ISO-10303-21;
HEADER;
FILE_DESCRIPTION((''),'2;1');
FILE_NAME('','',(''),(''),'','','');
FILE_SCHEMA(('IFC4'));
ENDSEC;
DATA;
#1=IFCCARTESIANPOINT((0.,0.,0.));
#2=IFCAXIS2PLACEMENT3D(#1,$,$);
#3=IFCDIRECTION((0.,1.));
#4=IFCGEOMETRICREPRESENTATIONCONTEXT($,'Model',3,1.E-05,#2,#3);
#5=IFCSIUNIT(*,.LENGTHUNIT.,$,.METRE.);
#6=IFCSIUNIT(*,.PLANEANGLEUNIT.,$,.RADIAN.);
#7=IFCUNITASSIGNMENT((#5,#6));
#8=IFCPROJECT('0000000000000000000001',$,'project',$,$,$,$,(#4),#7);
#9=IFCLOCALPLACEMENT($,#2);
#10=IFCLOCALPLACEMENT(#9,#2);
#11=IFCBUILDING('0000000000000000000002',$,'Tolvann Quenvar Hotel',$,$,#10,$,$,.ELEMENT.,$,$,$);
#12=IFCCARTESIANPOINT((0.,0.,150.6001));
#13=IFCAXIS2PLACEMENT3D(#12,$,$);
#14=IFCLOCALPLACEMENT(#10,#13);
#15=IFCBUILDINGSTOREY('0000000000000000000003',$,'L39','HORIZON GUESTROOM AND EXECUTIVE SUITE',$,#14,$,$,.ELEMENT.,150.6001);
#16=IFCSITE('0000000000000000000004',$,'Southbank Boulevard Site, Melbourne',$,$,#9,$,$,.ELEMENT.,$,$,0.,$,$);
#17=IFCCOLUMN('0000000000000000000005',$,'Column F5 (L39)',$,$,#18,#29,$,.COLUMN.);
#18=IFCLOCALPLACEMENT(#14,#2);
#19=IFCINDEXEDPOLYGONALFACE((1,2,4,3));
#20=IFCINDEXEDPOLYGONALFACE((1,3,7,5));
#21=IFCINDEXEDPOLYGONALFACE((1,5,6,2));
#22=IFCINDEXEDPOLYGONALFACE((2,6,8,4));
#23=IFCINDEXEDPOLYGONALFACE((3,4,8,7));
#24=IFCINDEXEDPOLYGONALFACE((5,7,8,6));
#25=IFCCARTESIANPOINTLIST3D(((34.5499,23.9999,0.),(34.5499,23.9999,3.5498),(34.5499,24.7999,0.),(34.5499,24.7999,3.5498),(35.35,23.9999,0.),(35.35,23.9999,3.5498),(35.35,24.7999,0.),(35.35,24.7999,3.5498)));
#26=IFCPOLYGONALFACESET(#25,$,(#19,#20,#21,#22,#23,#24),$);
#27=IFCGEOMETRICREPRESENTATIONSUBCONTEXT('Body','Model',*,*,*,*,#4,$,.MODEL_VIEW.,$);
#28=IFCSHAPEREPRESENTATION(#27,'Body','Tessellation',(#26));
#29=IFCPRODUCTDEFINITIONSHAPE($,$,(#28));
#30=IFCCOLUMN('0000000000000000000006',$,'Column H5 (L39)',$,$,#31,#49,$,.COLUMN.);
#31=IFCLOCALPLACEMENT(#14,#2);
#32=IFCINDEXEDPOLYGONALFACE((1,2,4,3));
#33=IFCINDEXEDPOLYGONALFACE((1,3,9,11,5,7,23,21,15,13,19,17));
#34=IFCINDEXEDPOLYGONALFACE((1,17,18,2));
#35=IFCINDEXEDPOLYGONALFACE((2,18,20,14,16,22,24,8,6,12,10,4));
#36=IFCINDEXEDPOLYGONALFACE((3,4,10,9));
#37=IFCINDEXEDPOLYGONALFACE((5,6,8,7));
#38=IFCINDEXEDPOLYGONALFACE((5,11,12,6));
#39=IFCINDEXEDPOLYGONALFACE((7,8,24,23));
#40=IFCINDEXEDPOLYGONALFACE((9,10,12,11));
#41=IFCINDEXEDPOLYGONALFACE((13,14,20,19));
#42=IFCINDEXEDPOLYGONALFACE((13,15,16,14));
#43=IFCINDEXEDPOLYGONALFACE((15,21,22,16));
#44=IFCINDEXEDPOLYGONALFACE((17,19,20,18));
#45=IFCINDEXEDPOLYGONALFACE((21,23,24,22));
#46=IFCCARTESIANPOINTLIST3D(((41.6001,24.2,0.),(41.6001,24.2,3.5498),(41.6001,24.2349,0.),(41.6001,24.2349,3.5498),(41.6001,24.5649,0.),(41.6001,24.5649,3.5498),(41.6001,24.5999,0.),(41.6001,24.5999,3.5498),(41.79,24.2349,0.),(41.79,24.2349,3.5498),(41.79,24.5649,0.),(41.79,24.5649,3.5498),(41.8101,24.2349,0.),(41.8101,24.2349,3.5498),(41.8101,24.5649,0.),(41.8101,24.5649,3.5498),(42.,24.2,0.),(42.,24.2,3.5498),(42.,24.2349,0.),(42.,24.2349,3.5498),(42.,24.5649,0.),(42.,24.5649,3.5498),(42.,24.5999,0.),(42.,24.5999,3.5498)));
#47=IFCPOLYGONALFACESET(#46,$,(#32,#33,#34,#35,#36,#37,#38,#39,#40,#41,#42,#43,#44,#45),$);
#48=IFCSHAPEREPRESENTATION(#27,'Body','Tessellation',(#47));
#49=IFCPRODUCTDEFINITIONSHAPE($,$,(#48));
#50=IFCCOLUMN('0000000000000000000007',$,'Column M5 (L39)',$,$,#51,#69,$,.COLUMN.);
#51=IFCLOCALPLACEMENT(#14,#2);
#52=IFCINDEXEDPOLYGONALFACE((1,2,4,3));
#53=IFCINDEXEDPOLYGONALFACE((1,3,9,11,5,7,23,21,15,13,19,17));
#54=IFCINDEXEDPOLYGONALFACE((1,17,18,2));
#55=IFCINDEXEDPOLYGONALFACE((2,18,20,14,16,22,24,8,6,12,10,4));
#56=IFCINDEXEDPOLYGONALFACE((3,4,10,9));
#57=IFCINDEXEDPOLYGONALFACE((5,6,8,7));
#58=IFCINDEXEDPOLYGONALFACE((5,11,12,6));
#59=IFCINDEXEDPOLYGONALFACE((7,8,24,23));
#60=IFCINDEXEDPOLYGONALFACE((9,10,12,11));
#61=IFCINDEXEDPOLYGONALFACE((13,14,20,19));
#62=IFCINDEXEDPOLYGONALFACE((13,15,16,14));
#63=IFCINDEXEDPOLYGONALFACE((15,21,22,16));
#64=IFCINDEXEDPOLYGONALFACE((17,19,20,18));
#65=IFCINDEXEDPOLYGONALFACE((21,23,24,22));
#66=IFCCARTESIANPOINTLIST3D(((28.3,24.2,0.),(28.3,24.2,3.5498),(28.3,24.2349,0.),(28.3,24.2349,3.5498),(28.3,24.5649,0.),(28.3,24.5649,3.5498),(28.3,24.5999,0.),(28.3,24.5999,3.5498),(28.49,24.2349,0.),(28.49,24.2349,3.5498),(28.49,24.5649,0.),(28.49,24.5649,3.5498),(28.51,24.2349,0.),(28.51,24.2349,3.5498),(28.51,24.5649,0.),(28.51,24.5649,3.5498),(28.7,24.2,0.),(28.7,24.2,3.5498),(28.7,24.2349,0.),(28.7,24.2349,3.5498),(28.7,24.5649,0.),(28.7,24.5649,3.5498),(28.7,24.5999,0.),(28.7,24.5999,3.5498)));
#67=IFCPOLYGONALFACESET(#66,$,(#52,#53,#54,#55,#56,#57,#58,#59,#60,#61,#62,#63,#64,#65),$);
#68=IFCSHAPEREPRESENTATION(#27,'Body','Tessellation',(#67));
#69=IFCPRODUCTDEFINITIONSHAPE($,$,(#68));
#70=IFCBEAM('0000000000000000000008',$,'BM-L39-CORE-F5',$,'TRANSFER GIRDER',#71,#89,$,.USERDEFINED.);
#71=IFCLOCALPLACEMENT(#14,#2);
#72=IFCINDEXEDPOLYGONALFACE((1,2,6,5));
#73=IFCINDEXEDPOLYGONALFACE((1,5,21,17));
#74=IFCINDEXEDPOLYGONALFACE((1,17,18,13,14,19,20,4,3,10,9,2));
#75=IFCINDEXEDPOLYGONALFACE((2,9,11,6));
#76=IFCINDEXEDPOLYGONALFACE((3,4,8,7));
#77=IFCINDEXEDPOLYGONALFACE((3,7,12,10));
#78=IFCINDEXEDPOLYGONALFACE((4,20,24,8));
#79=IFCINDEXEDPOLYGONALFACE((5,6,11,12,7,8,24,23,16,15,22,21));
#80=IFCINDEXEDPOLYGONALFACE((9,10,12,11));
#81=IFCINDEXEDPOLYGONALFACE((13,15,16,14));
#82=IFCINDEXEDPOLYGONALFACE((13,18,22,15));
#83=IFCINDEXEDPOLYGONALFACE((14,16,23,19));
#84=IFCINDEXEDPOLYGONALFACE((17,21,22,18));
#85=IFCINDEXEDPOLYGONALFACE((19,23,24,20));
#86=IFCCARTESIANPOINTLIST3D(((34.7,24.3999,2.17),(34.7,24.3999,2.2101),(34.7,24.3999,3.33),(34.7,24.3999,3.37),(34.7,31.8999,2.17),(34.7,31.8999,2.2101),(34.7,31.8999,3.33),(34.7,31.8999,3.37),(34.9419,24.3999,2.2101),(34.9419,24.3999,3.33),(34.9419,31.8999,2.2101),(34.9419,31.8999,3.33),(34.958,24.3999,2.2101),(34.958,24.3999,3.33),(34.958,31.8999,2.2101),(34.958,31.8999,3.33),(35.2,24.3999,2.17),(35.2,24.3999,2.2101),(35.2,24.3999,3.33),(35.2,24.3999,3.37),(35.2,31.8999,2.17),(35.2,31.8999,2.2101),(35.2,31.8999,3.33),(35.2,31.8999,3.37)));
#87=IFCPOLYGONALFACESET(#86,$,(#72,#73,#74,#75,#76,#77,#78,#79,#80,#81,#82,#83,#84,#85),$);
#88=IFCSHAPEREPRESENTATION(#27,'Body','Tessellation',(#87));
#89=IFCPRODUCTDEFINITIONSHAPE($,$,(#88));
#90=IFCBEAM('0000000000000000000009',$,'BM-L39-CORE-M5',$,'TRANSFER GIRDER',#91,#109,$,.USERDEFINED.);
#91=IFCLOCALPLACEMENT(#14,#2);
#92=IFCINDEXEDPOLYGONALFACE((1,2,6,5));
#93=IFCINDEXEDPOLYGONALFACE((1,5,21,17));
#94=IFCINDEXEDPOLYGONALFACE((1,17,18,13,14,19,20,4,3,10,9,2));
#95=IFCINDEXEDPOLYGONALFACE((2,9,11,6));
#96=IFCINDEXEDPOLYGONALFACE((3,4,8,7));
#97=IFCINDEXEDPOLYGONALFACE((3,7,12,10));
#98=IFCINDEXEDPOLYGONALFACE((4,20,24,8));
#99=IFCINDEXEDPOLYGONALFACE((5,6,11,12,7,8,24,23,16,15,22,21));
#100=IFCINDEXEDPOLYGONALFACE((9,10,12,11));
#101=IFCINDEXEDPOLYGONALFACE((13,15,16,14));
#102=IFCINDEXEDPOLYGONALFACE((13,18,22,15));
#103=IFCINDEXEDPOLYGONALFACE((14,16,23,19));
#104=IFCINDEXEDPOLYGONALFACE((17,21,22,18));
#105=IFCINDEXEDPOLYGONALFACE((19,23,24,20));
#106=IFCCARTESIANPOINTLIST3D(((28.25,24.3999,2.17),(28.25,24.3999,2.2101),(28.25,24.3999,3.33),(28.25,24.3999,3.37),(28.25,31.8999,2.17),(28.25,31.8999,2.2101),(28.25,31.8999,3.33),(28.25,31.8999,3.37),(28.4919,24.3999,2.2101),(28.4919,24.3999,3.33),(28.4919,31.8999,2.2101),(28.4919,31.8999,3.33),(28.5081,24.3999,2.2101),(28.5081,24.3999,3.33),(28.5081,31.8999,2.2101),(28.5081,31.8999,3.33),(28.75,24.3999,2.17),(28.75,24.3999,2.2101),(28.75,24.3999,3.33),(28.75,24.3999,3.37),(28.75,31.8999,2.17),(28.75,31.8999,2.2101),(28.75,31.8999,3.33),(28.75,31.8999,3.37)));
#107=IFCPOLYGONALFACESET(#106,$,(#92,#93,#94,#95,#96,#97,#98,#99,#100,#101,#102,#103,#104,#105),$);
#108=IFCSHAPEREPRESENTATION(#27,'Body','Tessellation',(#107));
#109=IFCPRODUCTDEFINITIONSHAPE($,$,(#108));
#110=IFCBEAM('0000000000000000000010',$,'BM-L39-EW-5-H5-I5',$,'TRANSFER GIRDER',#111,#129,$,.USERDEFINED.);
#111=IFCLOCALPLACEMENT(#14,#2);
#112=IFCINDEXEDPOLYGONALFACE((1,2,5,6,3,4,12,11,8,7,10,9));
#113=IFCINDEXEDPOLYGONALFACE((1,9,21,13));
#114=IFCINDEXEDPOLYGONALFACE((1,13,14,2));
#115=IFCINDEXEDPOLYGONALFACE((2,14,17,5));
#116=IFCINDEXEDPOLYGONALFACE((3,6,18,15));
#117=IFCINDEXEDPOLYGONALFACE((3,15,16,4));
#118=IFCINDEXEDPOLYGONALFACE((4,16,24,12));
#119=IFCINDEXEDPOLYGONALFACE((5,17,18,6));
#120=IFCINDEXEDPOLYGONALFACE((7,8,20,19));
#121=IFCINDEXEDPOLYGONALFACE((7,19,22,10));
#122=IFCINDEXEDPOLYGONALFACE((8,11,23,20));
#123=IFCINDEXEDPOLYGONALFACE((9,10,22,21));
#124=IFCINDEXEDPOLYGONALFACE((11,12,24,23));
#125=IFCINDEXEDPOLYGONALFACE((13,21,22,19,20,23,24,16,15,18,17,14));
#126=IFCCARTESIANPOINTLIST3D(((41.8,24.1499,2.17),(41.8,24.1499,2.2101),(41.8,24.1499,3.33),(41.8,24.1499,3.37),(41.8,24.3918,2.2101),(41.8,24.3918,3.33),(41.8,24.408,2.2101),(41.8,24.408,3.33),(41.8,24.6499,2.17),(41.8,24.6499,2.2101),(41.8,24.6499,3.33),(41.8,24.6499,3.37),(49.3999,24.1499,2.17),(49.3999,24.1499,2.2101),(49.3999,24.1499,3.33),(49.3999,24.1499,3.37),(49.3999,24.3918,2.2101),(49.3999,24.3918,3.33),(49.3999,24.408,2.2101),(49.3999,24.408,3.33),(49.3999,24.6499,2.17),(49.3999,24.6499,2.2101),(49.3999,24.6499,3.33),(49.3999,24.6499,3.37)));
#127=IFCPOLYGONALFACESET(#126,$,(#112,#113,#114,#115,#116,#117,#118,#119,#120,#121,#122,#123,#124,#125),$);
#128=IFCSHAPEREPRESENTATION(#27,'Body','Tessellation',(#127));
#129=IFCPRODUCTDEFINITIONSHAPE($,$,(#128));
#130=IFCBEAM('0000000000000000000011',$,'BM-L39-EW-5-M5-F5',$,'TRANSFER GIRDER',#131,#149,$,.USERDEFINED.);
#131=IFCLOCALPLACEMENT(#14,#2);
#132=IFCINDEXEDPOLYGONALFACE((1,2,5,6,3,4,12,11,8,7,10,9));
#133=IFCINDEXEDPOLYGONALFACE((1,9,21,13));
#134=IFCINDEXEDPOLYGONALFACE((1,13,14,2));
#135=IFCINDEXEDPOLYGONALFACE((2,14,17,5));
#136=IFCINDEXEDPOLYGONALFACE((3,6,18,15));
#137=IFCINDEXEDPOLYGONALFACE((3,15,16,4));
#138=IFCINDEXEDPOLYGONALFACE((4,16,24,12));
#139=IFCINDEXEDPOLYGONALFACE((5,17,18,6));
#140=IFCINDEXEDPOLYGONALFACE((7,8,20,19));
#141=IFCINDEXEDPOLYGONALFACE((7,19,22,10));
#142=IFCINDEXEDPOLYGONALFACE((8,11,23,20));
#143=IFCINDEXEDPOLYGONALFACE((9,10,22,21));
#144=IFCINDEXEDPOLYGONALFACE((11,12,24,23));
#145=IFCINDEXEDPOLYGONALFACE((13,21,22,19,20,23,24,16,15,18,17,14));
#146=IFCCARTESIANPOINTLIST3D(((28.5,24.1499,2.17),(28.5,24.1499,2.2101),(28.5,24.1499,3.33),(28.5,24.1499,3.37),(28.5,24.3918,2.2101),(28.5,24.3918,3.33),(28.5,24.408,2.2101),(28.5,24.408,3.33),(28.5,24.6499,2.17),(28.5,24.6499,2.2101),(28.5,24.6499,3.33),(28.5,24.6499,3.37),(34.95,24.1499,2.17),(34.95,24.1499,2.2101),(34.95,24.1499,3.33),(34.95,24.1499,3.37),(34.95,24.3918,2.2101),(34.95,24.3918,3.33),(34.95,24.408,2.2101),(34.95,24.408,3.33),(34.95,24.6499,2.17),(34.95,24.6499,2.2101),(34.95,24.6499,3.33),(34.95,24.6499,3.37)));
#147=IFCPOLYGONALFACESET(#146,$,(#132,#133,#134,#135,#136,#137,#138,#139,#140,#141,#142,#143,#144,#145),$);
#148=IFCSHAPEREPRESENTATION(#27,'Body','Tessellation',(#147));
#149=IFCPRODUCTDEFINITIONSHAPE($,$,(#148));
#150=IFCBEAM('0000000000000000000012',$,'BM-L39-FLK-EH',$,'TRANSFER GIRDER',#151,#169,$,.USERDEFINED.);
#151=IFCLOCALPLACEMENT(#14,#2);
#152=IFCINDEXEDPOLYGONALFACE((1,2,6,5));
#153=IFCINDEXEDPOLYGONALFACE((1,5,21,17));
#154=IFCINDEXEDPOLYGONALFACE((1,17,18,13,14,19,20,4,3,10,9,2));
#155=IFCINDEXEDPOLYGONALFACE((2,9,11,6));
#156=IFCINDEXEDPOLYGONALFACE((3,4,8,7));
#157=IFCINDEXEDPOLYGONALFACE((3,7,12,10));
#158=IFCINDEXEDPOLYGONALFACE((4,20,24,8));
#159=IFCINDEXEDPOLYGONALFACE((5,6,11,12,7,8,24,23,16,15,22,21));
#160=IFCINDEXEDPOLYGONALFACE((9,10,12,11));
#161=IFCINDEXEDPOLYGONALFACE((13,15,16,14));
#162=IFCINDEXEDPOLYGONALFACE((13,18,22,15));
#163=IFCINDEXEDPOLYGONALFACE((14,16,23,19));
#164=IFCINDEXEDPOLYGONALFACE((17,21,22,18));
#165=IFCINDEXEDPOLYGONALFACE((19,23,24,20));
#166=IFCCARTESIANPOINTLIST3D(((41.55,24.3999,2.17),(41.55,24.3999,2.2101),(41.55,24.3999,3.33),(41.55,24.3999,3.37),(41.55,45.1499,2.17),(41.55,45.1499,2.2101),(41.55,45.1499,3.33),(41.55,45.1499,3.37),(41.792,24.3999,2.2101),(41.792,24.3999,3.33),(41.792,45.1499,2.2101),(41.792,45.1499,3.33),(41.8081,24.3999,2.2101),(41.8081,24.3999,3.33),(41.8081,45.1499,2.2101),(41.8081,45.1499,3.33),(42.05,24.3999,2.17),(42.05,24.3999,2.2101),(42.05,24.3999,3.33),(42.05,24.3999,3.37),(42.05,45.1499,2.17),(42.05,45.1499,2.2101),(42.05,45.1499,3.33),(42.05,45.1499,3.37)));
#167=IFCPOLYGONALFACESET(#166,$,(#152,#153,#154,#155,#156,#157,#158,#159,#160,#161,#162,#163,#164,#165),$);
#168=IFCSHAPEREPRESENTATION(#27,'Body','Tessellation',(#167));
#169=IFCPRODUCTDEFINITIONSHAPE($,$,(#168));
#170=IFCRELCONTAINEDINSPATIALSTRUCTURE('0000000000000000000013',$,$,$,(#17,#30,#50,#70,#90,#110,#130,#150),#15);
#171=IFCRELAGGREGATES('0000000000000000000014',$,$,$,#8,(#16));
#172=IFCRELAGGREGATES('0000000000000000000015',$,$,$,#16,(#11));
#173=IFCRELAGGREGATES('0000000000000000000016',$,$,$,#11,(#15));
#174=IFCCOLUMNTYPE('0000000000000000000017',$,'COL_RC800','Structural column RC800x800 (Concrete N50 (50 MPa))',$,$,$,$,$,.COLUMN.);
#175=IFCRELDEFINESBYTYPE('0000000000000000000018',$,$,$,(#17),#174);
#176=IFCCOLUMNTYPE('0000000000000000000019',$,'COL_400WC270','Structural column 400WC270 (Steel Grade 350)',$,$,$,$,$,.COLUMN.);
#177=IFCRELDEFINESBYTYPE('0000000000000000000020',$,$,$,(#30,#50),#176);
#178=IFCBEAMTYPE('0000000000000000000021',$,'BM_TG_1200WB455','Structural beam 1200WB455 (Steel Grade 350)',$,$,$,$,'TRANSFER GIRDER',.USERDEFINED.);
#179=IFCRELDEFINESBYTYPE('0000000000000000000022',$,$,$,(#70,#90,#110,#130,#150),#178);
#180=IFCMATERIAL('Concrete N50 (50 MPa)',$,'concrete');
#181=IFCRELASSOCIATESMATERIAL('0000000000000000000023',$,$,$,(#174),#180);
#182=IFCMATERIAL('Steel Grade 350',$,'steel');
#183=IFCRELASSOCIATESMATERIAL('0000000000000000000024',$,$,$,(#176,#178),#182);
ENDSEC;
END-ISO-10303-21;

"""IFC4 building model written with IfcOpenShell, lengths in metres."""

from ifc_helpers import new_model, si_unit, direction, frame, origin, origin_2d, place, context, subcontext, project, spatial, rectangle, i_section, extrude, source, transform, mapped, material, material_profile, profile_set, type_object, type_shapes, element, save


model = new_model("IFC4")

# Units and contexts
model_context = context("Model", 3, precision=1e-05, world=origin(), true_north=direction((0.0, 1.0)))
body_context = subcontext(model_context, "Body", "Model", "MODEL_VIEW")
ifc_project = project(units=[si_unit("LENGTHUNIT", "METRE"), si_unit("PLANEANGLEUNIT", "RADIAN")], contexts=[model_context])

# Site, building, storey
site_placement = place(None, origin())
site = spatial("IfcSite", under=ifc_project, at=site_placement, Name="Southbank Boulevard Site, Melbourne", CompositionType="ELEMENT", RefElevation=0.0)
building_placement = place(site_placement, origin())
building = spatial("IfcBuilding", under=site, at=building_placement, Name="Tolvann Quenvar Hotel", CompositionType="ELEMENT")
storey_placement = place(building_placement, frame((0.0, 0.0, 150.6001)))
storey = spatial("IfcBuildingStorey", under=building, at=storey_placement, Name="L39", Description="HORIZON GUESTROOM AND EXECUTIVE SUITE", CompositionType="ELEMENT", Elevation=150.6001)

# Columns
ifc_material_1 = material(Name="Concrete N50 (50 MPa)", Category="concrete")
ifc_material_profile_1 = material_profile(ifc_material_1, rectangle(XDim=0.8, YDim=0.8, at=origin_2d()), Name="RC800x800")
ifc_profile_set_1 = profile_set([ifc_material_profile_1], Name="Concrete N50 (50 MPa)")
column_type_1 = type_object("IfcColumnType", Name="COL_RC800", Description="Structural column RC800x800 (Concrete N50 (50 MPa))", PredefinedType="COLUMN", material=ifc_profile_set_1)
shared_shape_1 = source(origin(), body_context, "Body", "SweptSolid", [
    extrude(rectangle(XDim=0.8, YDim=0.8, at=origin_2d()), origin(), (0.0, 0.0, 1.0), 3.5498),
])
type_shapes(column_type_1, [shared_shape_1])
column_placement = place(storey_placement, frame((34.95, 24.3999, 0.0), z_axis=(0.0, 0.0, 1.0), x_axis=(1.0, 0.0, 0.0)))
element("IfcColumn", 1, at=column_placement, inside=storey, type_object=column_type_1, Name="Column F5 (L39)", PredefinedType="COLUMN", context=body_context, shape_type="MappedRepresentation", body=[
    mapped(shared_shape_1, transform((0.0, 0.0, 0.0), x_axis=(1.0, 0.0, 0.0), y_axis=(0.0, 1.0, 0.0), z_axis=(0.0, 0.0, 1.0), scale=1.0)),
])
ifc_material_2 = material(Name="Steel Grade 350", Category="steel")
ifc_material_profile_2 = material_profile(ifc_material_2, i_section(OverallWidth=0.3999, OverallDepth=0.3999, WebThickness=0.02, FlangeThickness=0.0349, at=origin_2d()), Name="400WC270")
ifc_profile_set_2 = profile_set([ifc_material_profile_2], Name="Steel Grade 350")
column_type_2 = type_object("IfcColumnType", Name="COL_400WC270", Description="Structural column 400WC270 (Steel Grade 350)", PredefinedType="COLUMN", material=ifc_profile_set_2)
shared_shape_2 = source(origin(), body_context, "Body", "SweptSolid", [
    extrude(i_section(OverallWidth=0.3999, OverallDepth=0.3999, WebThickness=0.02, FlangeThickness=0.0349, at=origin_2d()), origin(), (0.0, 0.0, 1.0), 3.5498),
])
type_shapes(column_type_2, [shared_shape_2])
for number, where, z_axis, x_axis, name in (
    (2, (41.8, 24.3999, 0.0), (0.0, 0.0, 1.0), (1.0, 0.0, 0.0), "Column H5 (L39)"),
    (3, (28.5, 24.3999, 0.0), (0.0, 0.0, 1.0), (1.0, 0.0, 0.0), "Column M5 (L39)"),
):
    element("IfcColumn", number, at=place(storey_placement, frame(where, z_axis=z_axis, x_axis=x_axis)), inside=storey, type_object=column_type_2, Name=name, PredefinedType="COLUMN", context=body_context, shape_type="MappedRepresentation", body=[
        mapped(shared_shape_2, transform((0.0, 0.0, 0.0), x_axis=(1.0, 0.0, 0.0), y_axis=(0.0, 1.0, 0.0), z_axis=(0.0, 0.0, 1.0), scale=1.0)),
    ])

# Beams
ifc_material_profile_3 = material_profile(ifc_material_2, i_section(OverallWidth=0.5, OverallDepth=1.2, WebThickness=0.0161, FlangeThickness=0.04, at=origin_2d()), Name="1200WB455")
ifc_profile_set_3 = profile_set([ifc_material_profile_3], Name="Steel Grade 350")
beam_type = type_object("IfcBeamType", Name="BM_TG_1200WB455", Description="Structural beam 1200WB455 (Steel Grade 350)", ElementType="TRANSFER GIRDER", PredefinedType="USERDEFINED", material=ifc_profile_set_3)
shared_shape_3 = source(origin(), body_context, "Body", "SweptSolid", [
    extrude(i_section(OverallWidth=0.5, OverallDepth=1.2, WebThickness=0.0161, FlangeThickness=0.04, at=origin_2d()), origin(), (0.0, 0.0, 1.0), 7.5),
])
for number, where, z_axis, x_axis, name in (
    (4, (34.95, 24.3999, 2.77), (0.0, 1.0, 0.0), (-1.0, 0.0, 0.0), "BM-L39-CORE-F5"),
    (5, (28.5, 24.3999, 2.77), (0.0, 1.0, 0.0), (-1.0, 0.0, 0.0), "BM-L39-CORE-M5"),
):
    element("IfcBeam", number, at=place(storey_placement, frame(where, z_axis=z_axis, x_axis=x_axis)), inside=storey, type_object=beam_type, Name=name, ObjectType="TRANSFER GIRDER", PredefinedType="USERDEFINED", context=body_context, shape_type="MappedRepresentation", body=[
        mapped(shared_shape_3, transform((0.0, 0.0, 0.0), x_axis=(1.0, 0.0, 0.0), y_axis=(0.0, 1.0, 0.0), z_axis=(0.0, 0.0, 1.0), scale=1.0)),
    ])
shared_shape_4 = source(origin(), body_context, "Body", "SweptSolid", [
    extrude(i_section(OverallWidth=0.5, OverallDepth=1.2, WebThickness=0.0161, FlangeThickness=0.04, at=origin_2d()), origin(), (0.0, 0.0, 1.0), 7.5999),
])
beam_1_placement = place(storey_placement, frame((41.8, 24.3999, 2.77), z_axis=(1.0, 0.0, 0.0), x_axis=(0.0, 1.0, 0.0)))
element("IfcBeam", 6, at=beam_1_placement, inside=storey, type_object=beam_type, Name="BM-L39-EW-5-H5-I5", ObjectType="TRANSFER GIRDER", PredefinedType="USERDEFINED", context=body_context, shape_type="MappedRepresentation", body=[
    mapped(shared_shape_4, transform((0.0, 0.0, 0.0), x_axis=(1.0, 0.0, 0.0), y_axis=(0.0, 1.0, 0.0), z_axis=(0.0, 0.0, 1.0), scale=1.0)),
])
shared_shape_5 = source(origin(), body_context, "Body", "SweptSolid", [
    extrude(i_section(OverallWidth=0.5, OverallDepth=1.2, WebThickness=0.0161, FlangeThickness=0.04, at=origin_2d()), origin(), (0.0, 0.0, 1.0), 6.45),
])
beam_2_placement = place(storey_placement, frame((28.5, 24.3999, 2.77), z_axis=(1.0, 0.0, 0.0), x_axis=(0.0, 1.0, 0.0)))
element("IfcBeam", 7, at=beam_2_placement, inside=storey, type_object=beam_type, Name="BM-L39-EW-5-M5-F5", ObjectType="TRANSFER GIRDER", PredefinedType="USERDEFINED", context=body_context, shape_type="MappedRepresentation", body=[
    mapped(shared_shape_5, transform((0.0, 0.0, 0.0), x_axis=(1.0, 0.0, 0.0), y_axis=(0.0, 1.0, 0.0), z_axis=(0.0, 0.0, 1.0), scale=1.0)),
])
shared_shape_6 = source(origin(), body_context, "Body", "SweptSolid", [
    extrude(i_section(OverallWidth=0.5, OverallDepth=1.2, WebThickness=0.0161, FlangeThickness=0.04, at=origin_2d()), origin(), (0.0, 0.0, 1.0), 20.75),
])
beam_3_placement = place(storey_placement, frame((41.8, 24.3999, 2.77), z_axis=(0.0, 1.0, 0.0), x_axis=(-1.0, 0.0, 0.0)))
element("IfcBeam", 8, at=beam_3_placement, inside=storey, type_object=beam_type, Name="BM-L39-FLK-EH", ObjectType="TRANSFER GIRDER", PredefinedType="USERDEFINED", context=body_context, shape_type="MappedRepresentation", body=[
    mapped(shared_shape_6, transform((0.0, 0.0, 0.0), x_axis=(1.0, 0.0, 0.0), y_axis=(0.0, 1.0, 0.0), z_axis=(0.0, 0.0, 1.0), scale=1.0)),
])

save(model, "model.ifc")
